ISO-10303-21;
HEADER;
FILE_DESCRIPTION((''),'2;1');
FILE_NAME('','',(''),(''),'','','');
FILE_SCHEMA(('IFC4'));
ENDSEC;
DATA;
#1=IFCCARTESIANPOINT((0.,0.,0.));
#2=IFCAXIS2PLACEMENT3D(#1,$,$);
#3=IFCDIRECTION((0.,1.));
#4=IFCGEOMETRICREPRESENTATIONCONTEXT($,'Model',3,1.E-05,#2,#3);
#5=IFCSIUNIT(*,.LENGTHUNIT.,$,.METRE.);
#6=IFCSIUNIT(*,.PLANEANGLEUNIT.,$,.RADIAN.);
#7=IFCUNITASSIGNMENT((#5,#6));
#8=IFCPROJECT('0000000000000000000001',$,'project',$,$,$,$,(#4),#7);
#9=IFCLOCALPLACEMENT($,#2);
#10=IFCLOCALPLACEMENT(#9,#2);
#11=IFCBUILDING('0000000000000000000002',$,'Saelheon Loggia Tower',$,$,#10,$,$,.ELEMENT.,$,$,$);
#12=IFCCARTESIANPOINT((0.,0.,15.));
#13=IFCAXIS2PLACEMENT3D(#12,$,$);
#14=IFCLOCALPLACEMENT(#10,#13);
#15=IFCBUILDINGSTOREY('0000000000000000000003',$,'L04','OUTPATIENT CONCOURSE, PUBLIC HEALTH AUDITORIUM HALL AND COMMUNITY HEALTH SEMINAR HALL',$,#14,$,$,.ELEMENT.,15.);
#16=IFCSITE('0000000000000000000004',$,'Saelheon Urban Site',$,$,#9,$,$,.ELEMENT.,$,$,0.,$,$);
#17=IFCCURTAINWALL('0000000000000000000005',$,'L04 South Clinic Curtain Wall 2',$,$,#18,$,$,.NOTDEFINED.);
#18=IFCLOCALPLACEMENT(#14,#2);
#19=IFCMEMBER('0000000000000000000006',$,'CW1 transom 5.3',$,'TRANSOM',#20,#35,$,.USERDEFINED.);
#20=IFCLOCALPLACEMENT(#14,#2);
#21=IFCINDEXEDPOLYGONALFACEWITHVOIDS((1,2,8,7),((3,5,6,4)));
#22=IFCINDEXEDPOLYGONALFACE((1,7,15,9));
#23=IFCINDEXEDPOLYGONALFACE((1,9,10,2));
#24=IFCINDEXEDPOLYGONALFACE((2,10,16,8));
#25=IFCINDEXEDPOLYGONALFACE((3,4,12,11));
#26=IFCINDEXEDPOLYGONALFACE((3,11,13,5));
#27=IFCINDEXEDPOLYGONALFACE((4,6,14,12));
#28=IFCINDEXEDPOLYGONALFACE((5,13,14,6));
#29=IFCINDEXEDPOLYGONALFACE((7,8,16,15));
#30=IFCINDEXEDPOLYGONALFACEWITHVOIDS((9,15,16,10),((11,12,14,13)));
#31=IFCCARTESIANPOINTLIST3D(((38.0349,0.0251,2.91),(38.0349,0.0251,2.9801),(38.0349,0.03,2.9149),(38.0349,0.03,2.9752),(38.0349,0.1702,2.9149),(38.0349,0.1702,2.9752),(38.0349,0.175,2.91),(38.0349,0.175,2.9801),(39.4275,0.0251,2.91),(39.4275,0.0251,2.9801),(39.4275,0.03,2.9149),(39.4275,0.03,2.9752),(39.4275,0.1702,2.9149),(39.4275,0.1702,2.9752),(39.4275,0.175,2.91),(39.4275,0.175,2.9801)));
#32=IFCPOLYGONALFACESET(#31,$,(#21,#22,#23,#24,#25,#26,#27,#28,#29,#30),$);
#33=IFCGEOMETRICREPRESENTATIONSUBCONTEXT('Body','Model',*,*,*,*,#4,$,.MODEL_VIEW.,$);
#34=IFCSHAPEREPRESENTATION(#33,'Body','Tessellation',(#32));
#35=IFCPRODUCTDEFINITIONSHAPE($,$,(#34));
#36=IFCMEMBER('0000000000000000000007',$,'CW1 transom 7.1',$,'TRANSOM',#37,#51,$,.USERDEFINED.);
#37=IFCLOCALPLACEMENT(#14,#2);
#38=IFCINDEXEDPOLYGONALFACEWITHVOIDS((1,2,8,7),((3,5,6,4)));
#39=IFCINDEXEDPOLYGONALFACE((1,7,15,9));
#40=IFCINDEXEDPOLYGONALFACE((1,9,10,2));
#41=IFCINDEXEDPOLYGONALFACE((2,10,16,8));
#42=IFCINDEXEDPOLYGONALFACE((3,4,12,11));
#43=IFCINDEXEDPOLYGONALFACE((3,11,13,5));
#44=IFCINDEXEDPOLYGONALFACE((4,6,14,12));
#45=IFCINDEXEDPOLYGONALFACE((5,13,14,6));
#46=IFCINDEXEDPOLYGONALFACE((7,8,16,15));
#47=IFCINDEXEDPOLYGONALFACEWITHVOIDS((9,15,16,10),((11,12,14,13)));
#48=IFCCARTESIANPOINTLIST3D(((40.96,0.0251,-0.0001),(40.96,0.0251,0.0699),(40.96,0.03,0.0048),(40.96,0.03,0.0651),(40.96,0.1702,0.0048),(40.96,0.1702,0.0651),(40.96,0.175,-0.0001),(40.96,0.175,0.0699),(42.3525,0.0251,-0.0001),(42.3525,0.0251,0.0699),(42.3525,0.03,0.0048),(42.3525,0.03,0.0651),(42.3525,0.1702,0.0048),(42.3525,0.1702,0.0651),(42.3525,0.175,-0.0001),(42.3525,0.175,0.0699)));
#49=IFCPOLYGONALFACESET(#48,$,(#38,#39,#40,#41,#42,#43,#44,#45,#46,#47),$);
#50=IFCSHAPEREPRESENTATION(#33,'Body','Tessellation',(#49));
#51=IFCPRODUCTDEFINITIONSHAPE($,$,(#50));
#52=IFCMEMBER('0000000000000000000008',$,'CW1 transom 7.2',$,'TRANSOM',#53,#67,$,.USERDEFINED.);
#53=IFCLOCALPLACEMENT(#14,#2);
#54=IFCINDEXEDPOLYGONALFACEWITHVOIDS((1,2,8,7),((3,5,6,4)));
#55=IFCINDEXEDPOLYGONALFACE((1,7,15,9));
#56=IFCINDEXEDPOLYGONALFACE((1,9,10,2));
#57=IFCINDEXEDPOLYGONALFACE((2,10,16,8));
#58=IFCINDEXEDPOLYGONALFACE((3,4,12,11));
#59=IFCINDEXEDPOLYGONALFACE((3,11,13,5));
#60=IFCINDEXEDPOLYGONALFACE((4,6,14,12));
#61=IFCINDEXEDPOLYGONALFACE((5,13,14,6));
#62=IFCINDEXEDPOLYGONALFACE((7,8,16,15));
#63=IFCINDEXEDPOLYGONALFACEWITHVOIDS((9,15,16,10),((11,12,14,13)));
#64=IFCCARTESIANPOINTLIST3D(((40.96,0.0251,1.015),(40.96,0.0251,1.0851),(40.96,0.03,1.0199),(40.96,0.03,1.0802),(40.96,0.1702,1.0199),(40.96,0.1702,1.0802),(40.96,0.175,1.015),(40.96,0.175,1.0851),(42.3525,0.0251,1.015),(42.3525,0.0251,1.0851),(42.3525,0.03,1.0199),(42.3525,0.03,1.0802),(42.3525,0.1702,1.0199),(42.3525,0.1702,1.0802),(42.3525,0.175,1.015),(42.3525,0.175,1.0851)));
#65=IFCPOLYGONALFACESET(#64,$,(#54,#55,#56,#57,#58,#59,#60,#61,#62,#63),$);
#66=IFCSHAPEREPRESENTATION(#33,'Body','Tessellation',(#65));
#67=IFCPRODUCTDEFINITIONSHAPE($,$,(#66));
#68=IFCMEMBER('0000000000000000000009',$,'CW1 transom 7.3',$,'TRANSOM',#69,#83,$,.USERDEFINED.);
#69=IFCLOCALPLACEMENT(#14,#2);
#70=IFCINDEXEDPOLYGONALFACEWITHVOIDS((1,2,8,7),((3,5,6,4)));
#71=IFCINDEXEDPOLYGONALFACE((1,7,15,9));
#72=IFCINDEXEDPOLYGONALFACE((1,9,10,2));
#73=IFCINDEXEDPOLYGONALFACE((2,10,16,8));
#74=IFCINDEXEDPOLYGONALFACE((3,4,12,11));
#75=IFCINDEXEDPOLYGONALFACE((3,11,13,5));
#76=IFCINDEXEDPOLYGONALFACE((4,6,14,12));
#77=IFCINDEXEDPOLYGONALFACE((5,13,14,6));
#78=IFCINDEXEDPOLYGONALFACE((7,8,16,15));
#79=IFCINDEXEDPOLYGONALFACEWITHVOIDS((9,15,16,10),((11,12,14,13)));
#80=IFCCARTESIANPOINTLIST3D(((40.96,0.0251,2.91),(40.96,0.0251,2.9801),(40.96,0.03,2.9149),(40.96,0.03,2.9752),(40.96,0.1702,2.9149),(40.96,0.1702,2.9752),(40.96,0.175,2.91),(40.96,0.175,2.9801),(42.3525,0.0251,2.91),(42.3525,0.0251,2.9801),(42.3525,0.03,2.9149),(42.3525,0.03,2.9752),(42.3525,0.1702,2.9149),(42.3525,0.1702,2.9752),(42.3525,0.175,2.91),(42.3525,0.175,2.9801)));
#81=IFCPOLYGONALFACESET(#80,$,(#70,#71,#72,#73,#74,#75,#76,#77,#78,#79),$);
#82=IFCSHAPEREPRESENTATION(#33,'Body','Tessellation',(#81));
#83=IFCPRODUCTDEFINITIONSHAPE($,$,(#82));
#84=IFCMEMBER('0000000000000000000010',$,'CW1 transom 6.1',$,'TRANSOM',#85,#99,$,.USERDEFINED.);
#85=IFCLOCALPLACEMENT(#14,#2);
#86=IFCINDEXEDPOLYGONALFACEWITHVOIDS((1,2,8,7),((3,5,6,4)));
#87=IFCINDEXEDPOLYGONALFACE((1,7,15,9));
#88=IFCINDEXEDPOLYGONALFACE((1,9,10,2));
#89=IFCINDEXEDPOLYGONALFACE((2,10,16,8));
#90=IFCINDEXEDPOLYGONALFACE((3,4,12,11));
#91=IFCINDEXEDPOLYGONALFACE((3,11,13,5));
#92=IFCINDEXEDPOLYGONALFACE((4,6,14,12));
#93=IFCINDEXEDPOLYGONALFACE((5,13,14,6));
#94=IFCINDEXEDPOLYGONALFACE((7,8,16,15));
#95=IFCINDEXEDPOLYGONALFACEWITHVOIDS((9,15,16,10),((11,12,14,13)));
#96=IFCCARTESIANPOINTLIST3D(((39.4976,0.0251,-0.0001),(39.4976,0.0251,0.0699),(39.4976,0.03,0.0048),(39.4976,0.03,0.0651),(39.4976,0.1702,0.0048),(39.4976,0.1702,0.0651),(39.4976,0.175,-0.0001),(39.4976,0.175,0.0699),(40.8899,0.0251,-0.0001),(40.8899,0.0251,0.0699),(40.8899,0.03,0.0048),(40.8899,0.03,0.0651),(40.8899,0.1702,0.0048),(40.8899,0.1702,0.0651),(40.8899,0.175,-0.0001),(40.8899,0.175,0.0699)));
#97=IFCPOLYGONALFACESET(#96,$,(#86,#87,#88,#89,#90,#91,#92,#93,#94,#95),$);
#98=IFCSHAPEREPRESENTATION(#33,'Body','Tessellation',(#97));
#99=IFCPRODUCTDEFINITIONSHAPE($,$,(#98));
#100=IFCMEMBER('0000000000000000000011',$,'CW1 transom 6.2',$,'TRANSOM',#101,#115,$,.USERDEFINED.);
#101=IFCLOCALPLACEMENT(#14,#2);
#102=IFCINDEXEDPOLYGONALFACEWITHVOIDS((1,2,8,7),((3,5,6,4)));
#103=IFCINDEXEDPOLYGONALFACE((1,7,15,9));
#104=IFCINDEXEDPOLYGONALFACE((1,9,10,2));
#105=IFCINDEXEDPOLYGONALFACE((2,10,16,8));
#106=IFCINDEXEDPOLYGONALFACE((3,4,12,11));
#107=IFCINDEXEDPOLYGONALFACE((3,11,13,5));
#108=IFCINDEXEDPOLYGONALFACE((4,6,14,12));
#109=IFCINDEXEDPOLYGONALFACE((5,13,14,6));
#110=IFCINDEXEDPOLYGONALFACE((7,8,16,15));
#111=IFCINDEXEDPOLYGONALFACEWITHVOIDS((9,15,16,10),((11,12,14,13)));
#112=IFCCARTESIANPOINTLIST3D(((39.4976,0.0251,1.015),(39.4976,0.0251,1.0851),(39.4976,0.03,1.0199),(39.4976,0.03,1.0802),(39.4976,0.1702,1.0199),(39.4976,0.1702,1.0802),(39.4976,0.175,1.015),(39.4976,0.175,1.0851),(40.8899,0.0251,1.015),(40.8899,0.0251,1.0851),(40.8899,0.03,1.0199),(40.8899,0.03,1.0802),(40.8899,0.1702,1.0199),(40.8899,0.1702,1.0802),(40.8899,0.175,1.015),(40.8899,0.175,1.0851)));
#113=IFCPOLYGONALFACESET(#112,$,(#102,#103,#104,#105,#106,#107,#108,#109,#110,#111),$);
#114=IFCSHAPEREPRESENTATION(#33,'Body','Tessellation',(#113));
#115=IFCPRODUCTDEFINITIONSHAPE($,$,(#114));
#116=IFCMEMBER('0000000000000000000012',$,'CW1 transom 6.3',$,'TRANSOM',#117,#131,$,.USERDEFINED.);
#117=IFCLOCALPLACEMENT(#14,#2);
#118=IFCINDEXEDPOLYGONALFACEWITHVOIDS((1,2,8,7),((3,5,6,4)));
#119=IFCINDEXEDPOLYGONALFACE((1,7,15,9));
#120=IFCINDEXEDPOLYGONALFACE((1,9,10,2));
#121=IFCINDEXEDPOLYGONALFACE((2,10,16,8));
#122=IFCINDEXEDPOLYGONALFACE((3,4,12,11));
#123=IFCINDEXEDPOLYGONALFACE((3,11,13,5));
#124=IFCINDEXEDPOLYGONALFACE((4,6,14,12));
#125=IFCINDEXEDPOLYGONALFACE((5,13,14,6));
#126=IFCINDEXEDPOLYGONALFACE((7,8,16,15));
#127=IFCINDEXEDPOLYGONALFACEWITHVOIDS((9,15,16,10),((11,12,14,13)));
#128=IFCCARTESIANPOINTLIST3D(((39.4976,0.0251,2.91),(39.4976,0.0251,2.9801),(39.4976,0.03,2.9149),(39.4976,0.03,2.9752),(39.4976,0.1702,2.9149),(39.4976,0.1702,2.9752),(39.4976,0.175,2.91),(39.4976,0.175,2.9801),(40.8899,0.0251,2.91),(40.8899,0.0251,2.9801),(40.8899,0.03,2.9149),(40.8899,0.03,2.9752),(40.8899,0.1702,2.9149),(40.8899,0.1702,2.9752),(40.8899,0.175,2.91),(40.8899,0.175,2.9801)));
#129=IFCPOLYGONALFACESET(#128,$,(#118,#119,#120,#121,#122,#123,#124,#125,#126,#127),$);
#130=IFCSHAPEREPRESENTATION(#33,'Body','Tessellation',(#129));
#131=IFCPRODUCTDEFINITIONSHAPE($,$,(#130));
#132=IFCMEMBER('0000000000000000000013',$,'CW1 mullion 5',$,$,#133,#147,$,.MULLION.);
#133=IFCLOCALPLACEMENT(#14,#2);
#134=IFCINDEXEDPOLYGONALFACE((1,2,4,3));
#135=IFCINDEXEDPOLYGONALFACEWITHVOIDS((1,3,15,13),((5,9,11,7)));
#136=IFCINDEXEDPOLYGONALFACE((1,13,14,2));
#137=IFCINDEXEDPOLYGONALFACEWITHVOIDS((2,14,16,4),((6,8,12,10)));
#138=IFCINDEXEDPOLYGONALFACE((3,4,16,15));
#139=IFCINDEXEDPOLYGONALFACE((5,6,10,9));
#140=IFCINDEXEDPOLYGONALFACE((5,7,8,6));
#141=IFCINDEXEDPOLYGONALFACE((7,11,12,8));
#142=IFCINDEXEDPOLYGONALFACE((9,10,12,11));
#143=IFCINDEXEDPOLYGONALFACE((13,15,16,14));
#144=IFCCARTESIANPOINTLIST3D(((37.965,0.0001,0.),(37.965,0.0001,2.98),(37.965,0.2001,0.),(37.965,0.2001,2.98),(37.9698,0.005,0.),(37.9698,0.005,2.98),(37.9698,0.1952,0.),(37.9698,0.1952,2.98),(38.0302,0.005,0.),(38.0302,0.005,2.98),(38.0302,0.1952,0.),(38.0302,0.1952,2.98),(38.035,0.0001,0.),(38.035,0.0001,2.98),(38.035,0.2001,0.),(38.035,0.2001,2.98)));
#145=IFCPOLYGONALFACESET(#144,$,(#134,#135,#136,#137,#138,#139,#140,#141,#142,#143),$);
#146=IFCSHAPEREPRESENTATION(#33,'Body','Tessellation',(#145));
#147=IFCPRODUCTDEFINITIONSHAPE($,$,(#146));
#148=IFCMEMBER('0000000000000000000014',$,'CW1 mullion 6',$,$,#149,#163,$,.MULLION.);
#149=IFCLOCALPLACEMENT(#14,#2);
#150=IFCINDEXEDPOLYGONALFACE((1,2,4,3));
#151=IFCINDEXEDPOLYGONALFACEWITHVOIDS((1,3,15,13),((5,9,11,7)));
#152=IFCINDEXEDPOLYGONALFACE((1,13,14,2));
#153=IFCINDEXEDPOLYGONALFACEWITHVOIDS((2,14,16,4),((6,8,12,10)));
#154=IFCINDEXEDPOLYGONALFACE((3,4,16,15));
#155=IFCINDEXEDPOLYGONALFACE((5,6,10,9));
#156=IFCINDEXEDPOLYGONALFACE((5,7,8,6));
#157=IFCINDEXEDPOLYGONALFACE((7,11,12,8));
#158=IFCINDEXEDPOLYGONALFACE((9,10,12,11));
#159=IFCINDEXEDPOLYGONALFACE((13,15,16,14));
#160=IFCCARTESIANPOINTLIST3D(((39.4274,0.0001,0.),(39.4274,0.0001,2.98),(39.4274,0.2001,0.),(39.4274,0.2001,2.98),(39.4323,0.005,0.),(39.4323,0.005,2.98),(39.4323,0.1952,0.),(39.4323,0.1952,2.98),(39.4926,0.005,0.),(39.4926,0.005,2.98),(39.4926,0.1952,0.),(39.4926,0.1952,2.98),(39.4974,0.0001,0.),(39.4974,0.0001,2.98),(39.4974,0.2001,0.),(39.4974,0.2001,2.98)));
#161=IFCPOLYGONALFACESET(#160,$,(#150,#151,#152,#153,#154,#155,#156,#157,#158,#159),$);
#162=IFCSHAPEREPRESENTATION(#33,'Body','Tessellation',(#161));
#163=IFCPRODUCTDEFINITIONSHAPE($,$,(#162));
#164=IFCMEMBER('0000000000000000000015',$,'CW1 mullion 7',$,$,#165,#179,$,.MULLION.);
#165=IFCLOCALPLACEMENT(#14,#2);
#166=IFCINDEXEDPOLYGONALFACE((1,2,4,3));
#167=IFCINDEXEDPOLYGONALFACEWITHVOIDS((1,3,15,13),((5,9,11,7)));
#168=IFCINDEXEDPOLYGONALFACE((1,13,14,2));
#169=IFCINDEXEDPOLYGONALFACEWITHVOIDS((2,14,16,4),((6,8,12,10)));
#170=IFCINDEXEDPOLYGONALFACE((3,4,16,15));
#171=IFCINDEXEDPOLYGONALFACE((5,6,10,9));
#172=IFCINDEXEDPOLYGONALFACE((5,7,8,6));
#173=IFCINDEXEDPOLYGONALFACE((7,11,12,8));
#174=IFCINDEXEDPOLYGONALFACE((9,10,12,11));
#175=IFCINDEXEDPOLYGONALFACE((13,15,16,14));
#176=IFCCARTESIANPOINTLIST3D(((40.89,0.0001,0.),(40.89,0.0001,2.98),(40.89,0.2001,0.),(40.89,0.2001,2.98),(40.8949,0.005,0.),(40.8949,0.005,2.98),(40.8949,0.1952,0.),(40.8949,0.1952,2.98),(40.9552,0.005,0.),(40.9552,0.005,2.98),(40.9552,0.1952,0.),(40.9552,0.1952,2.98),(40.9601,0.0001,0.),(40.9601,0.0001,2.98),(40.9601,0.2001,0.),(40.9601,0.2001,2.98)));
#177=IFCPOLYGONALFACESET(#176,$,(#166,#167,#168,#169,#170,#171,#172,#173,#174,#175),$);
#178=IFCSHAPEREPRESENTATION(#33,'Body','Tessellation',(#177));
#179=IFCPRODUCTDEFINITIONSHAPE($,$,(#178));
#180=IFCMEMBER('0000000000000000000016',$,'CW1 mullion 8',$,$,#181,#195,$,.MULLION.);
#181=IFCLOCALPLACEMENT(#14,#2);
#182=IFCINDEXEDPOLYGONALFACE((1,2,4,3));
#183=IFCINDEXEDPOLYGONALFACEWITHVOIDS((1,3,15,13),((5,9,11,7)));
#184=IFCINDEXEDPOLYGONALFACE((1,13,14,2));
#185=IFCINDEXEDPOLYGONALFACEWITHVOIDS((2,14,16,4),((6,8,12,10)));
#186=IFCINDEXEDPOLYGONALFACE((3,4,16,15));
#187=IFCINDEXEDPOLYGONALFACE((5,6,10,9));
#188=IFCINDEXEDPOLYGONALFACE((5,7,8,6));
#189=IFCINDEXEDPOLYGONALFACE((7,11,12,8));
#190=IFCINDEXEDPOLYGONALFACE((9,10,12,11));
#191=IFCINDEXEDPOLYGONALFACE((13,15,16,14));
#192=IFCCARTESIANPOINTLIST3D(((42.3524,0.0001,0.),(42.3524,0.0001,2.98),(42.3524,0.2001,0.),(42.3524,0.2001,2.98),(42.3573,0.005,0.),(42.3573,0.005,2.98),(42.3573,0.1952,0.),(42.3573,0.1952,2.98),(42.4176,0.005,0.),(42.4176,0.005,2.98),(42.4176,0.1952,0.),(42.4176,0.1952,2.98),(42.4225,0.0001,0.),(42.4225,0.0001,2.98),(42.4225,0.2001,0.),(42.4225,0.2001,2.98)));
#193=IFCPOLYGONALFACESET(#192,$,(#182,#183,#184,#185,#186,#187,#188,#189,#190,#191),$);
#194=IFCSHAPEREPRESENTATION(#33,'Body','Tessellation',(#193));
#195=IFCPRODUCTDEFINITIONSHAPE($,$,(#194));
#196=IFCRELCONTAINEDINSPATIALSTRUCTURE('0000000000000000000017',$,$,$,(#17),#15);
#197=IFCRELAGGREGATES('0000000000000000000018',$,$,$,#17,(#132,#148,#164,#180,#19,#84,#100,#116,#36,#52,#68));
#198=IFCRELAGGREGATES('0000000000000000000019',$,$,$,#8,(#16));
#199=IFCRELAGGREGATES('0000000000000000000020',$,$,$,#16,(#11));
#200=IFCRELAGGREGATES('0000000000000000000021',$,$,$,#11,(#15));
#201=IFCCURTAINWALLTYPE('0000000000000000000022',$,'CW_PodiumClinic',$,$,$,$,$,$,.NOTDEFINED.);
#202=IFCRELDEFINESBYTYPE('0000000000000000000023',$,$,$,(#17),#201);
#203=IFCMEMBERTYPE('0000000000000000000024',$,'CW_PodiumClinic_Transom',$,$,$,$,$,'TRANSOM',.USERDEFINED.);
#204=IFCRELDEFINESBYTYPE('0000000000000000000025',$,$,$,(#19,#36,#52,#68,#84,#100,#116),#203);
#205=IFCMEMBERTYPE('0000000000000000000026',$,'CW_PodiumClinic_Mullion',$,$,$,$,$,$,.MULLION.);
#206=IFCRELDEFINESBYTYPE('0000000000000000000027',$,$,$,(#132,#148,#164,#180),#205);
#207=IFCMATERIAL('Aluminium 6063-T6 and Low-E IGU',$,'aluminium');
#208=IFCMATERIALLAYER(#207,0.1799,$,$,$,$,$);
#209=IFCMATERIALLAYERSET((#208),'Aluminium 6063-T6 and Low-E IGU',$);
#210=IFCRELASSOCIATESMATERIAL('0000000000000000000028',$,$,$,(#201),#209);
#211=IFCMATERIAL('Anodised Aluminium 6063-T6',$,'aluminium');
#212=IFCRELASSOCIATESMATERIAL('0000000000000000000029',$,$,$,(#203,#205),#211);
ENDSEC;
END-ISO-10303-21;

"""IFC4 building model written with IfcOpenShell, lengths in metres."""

from ifc_helpers import new_model, si_unit, direction, frame, origin, origin_2d, place, context, subcontext, project, spatial, hollow_rectangle, extrude, source, transform, mapped, material, layer, layer_set, material_profile, profile_set, type_object, element, aggregate, save


model = new_model("IFC4")

# Units and contexts
model_context = context("Model", 3, precision=1e-05, world=origin(), true_north=direction((0.0, 1.0)))
body_context = subcontext(model_context, "Body", "Model", "MODEL_VIEW")
ifc_project = project(units=[si_unit("LENGTHUNIT", "METRE"), si_unit("PLANEANGLEUNIT", "RADIAN")], contexts=[model_context])

# Site, building, storey
site_placement = place(None, origin())
site = spatial("IfcSite", under=ifc_project, at=site_placement, Name="Saelheon Urban Site", CompositionType="ELEMENT", RefElevation=0.0)
building_placement = place(site_placement, origin())
building = spatial("IfcBuilding", under=site, at=building_placement, Name="Saelheon Loggia Tower", CompositionType="ELEMENT")
storey_placement = place(building_placement, frame((0.0, 0.0, 15.0)))
storey = spatial("IfcBuildingStorey", under=building, at=storey_placement, Name="L04", Description="OUTPATIENT CONCOURSE, PUBLIC HEALTH AUDITORIUM HALL AND COMMUNITY HEALTH SEMINAR HALL", CompositionType="ELEMENT", Elevation=15.0)

# Curtain wall, members
ifc_material_1 = material(Name="Aluminium 6063-T6 and Low-E IGU", Category="aluminium")
ifc_layer_1 = layer(ifc_material_1, 0.1799)
ifc_layer_set_1 = layer_set([ifc_layer_1], Name="Aluminium 6063-T6 and Low-E IGU")
curtain_wall_type = type_object("IfcCurtainWallType", Name="CW_PodiumClinic", PredefinedType="NOTDEFINED", material=ifc_layer_set_1)
ifc_material_2 = material(Name="Anodised Aluminium 6063-T6", Category="aluminium")
ifc_material_profile_1 = material_profile(ifc_material_2, hollow_rectangle(XDim=0.0701, YDim=0.1499, WallThickness=0.0049, at=origin_2d()), Name="RHS-150x70x5")
ifc_profile_set_1 = profile_set([ifc_material_profile_1], Name="Anodised Aluminium 6063-T6")
member_type_1 = type_object("IfcMemberType", Name="CW_PodiumClinic_Transom", ElementType="TRANSOM", PredefinedType="USERDEFINED", material=ifc_profile_set_1)
curtain_wall_1_placement = place(storey_placement, origin())
curtain_wall_1 = element("IfcCurtainWall", 1, at=curtain_wall_1_placement, inside=storey, type_object=curtain_wall_type, Name="L04 South Clinic Curtain Wall 2", PredefinedType="NOTDEFINED")
shared_shape_1 = source(origin(), body_context, "Body", "SweptSolid", [
    extrude(hollow_rectangle(XDim=0.0701, YDim=0.1499, WallThickness=0.0049, at=origin_2d()), origin(), (0.0, 0.0, 1.0), 1.3926),
])
member_1_placement = place(storey_placement, frame((38.0349, 0.1001, 2.9451), z_axis=(1.0, 0.0, 0.0), x_axis=(0.0, 0.0, 1.0)))
member_1 = element("IfcMember", 2, at=member_1_placement, type_object=member_type_1, Name="CW1 transom 5.3", ObjectType="TRANSOM", PredefinedType="USERDEFINED", context=body_context, shape_type="MappedRepresentation", body=[
    mapped(shared_shape_1, transform((0.0, 0.0, 0.0), scale=1.0)),
])
member_2_placement = place(storey_placement, frame((40.96, 0.1001, 0.0349), z_axis=(1.0, 0.0, 0.0), x_axis=(0.0, 0.0, 1.0)))
member_2 = element("IfcMember", 3, at=member_2_placement, type_object=member_type_1, Name="CW1 transom 7.1", ObjectType="TRANSOM", PredefinedType="USERDEFINED", context=body_context, shape_type="MappedRepresentation", body=[
    mapped(shared_shape_1, transform((0.0, 0.0, 0.0), scale=1.0)),
])
member_3_placement = place(storey_placement, frame((40.96, 0.1001, 1.05), z_axis=(1.0, 0.0, 0.0), x_axis=(0.0, 0.0, 1.0)))
member_3 = element("IfcMember", 4, at=member_3_placement, type_object=member_type_1, Name="CW1 transom 7.2", ObjectType="TRANSOM", PredefinedType="USERDEFINED", context=body_context, shape_type="MappedRepresentation", body=[
    mapped(shared_shape_1, transform((0.0, 0.0, 0.0), scale=1.0)),
])
member_4_placement = place(storey_placement, frame((40.96, 0.1001, 2.9451), z_axis=(1.0, 0.0, 0.0), x_axis=(0.0, 0.0, 1.0)))
member_4 = element("IfcMember", 5, at=member_4_placement, type_object=member_type_1, Name="CW1 transom 7.3", ObjectType="TRANSOM", PredefinedType="USERDEFINED", context=body_context, shape_type="MappedRepresentation", body=[
    mapped(shared_shape_1, transform((0.0, 0.0, 0.0), scale=1.0)),
])
shared_shape_2 = source(origin(), body_context, "Body", "SweptSolid", [
    extrude(hollow_rectangle(XDim=0.0701, YDim=0.1499, WallThickness=0.0049, at=origin_2d()), origin(), (0.0, 0.0, 1.0), 1.3923),
])
member_5_placement = place(storey_placement, frame((39.4976, 0.1001, 0.0349), z_axis=(1.0, 0.0, 0.0), x_axis=(0.0, 0.0, 1.0)))
member_5 = element("IfcMember", 6, at=member_5_placement, type_object=member_type_1, Name="CW1 transom 6.1", ObjectType="TRANSOM", PredefinedType="USERDEFINED", context=body_context, shape_type="MappedRepresentation", body=[
    mapped(shared_shape_2, transform((0.0, 0.0, 0.0), scale=1.0)),
])
member_6_placement = place(storey_placement, frame((39.4976, 0.1001, 1.05), z_axis=(1.0, 0.0, 0.0), x_axis=(0.0, 0.0, 1.0)))
member_6 = element("IfcMember", 7, at=member_6_placement, type_object=member_type_1, Name="CW1 transom 6.2", ObjectType="TRANSOM", PredefinedType="USERDEFINED", context=body_context, shape_type="MappedRepresentation", body=[
    mapped(shared_shape_2, transform((0.0, 0.0, 0.0), scale=1.0)),
])
member_7_placement = place(storey_placement, frame((39.4976, 0.1001, 2.9451), z_axis=(1.0, 0.0, 0.0), x_axis=(0.0, 0.0, 1.0)))
member_7 = element("IfcMember", 8, at=member_7_placement, type_object=member_type_1, Name="CW1 transom 6.3", ObjectType="TRANSOM", PredefinedType="USERDEFINED", context=body_context, shape_type="MappedRepresentation", body=[
    mapped(shared_shape_2, transform((0.0, 0.0, 0.0), scale=1.0)),
])
ifc_material_profile_2 = material_profile(ifc_material_2, hollow_rectangle(XDim=0.0701, YDim=0.2, WallThickness=0.0049, at=origin_2d()), Name="RHS-200x70x5")
ifc_profile_set_2 = profile_set([ifc_material_profile_2], Name="Anodised Aluminium 6063-T6")
member_type_2 = type_object("IfcMemberType", Name="CW_PodiumClinic_Mullion", PredefinedType="MULLION", material=ifc_profile_set_2)
shared_shape_3 = source(origin(), body_context, "Body", "SweptSolid", [
    extrude(hollow_rectangle(XDim=0.0701, YDim=0.2, WallThickness=0.0049, at=origin_2d()), origin(), (0.0, 0.0, 1.0), 2.98),
])
member_8_placement = place(storey_placement, frame((38.0, 0.1001, 0.0), z_axis=(0.0, 0.0, 1.0), x_axis=(1.0, 0.0, 0.0)))
member_8 = element("IfcMember", 9, at=member_8_placement, type_object=member_type_2, Name="CW1 mullion 5", PredefinedType="MULLION", context=body_context, shape_type="MappedRepresentation", body=[
    mapped(shared_shape_3, transform((0.0, 0.0, 0.0), scale=1.0)),
])
member_9_placement = place(storey_placement, frame((39.4624, 0.1001, 0.0), z_axis=(0.0, 0.0, 1.0), x_axis=(1.0, 0.0, 0.0)))
member_9 = element("IfcMember", 10, at=member_9_placement, type_object=member_type_2, Name="CW1 mullion 6", PredefinedType="MULLION", context=body_context, shape_type="MappedRepresentation", body=[
    mapped(shared_shape_3, transform((0.0, 0.0, 0.0), scale=1.0)),
])
member_10_placement = place(storey_placement, frame((40.925, 0.1001, 0.0), z_axis=(0.0, 0.0, 1.0), x_axis=(1.0, 0.0, 0.0)))
member_10 = element("IfcMember", 11, at=member_10_placement, type_object=member_type_2, Name="CW1 mullion 7", PredefinedType="MULLION", context=body_context, shape_type="MappedRepresentation", body=[
    mapped(shared_shape_3, transform((0.0, 0.0, 0.0), scale=1.0)),
])
member_11_placement = place(storey_placement, frame((42.3875, 0.1001, 0.0), z_axis=(0.0, 0.0, 1.0), x_axis=(1.0, 0.0, 0.0)))
member_11 = element("IfcMember", 12, at=member_11_placement, type_object=member_type_2, Name="CW1 mullion 8", PredefinedType="MULLION", context=body_context, shape_type="MappedRepresentation", body=[
    mapped(shared_shape_3, transform((0.0, 0.0, 0.0), scale=1.0)),
])

aggregate(curtain_wall_1, [member_8, member_9, member_10, member_11, member_1, member_5, member_6, member_7, member_2, member_3, member_4])

save(model, "model.ifc")
